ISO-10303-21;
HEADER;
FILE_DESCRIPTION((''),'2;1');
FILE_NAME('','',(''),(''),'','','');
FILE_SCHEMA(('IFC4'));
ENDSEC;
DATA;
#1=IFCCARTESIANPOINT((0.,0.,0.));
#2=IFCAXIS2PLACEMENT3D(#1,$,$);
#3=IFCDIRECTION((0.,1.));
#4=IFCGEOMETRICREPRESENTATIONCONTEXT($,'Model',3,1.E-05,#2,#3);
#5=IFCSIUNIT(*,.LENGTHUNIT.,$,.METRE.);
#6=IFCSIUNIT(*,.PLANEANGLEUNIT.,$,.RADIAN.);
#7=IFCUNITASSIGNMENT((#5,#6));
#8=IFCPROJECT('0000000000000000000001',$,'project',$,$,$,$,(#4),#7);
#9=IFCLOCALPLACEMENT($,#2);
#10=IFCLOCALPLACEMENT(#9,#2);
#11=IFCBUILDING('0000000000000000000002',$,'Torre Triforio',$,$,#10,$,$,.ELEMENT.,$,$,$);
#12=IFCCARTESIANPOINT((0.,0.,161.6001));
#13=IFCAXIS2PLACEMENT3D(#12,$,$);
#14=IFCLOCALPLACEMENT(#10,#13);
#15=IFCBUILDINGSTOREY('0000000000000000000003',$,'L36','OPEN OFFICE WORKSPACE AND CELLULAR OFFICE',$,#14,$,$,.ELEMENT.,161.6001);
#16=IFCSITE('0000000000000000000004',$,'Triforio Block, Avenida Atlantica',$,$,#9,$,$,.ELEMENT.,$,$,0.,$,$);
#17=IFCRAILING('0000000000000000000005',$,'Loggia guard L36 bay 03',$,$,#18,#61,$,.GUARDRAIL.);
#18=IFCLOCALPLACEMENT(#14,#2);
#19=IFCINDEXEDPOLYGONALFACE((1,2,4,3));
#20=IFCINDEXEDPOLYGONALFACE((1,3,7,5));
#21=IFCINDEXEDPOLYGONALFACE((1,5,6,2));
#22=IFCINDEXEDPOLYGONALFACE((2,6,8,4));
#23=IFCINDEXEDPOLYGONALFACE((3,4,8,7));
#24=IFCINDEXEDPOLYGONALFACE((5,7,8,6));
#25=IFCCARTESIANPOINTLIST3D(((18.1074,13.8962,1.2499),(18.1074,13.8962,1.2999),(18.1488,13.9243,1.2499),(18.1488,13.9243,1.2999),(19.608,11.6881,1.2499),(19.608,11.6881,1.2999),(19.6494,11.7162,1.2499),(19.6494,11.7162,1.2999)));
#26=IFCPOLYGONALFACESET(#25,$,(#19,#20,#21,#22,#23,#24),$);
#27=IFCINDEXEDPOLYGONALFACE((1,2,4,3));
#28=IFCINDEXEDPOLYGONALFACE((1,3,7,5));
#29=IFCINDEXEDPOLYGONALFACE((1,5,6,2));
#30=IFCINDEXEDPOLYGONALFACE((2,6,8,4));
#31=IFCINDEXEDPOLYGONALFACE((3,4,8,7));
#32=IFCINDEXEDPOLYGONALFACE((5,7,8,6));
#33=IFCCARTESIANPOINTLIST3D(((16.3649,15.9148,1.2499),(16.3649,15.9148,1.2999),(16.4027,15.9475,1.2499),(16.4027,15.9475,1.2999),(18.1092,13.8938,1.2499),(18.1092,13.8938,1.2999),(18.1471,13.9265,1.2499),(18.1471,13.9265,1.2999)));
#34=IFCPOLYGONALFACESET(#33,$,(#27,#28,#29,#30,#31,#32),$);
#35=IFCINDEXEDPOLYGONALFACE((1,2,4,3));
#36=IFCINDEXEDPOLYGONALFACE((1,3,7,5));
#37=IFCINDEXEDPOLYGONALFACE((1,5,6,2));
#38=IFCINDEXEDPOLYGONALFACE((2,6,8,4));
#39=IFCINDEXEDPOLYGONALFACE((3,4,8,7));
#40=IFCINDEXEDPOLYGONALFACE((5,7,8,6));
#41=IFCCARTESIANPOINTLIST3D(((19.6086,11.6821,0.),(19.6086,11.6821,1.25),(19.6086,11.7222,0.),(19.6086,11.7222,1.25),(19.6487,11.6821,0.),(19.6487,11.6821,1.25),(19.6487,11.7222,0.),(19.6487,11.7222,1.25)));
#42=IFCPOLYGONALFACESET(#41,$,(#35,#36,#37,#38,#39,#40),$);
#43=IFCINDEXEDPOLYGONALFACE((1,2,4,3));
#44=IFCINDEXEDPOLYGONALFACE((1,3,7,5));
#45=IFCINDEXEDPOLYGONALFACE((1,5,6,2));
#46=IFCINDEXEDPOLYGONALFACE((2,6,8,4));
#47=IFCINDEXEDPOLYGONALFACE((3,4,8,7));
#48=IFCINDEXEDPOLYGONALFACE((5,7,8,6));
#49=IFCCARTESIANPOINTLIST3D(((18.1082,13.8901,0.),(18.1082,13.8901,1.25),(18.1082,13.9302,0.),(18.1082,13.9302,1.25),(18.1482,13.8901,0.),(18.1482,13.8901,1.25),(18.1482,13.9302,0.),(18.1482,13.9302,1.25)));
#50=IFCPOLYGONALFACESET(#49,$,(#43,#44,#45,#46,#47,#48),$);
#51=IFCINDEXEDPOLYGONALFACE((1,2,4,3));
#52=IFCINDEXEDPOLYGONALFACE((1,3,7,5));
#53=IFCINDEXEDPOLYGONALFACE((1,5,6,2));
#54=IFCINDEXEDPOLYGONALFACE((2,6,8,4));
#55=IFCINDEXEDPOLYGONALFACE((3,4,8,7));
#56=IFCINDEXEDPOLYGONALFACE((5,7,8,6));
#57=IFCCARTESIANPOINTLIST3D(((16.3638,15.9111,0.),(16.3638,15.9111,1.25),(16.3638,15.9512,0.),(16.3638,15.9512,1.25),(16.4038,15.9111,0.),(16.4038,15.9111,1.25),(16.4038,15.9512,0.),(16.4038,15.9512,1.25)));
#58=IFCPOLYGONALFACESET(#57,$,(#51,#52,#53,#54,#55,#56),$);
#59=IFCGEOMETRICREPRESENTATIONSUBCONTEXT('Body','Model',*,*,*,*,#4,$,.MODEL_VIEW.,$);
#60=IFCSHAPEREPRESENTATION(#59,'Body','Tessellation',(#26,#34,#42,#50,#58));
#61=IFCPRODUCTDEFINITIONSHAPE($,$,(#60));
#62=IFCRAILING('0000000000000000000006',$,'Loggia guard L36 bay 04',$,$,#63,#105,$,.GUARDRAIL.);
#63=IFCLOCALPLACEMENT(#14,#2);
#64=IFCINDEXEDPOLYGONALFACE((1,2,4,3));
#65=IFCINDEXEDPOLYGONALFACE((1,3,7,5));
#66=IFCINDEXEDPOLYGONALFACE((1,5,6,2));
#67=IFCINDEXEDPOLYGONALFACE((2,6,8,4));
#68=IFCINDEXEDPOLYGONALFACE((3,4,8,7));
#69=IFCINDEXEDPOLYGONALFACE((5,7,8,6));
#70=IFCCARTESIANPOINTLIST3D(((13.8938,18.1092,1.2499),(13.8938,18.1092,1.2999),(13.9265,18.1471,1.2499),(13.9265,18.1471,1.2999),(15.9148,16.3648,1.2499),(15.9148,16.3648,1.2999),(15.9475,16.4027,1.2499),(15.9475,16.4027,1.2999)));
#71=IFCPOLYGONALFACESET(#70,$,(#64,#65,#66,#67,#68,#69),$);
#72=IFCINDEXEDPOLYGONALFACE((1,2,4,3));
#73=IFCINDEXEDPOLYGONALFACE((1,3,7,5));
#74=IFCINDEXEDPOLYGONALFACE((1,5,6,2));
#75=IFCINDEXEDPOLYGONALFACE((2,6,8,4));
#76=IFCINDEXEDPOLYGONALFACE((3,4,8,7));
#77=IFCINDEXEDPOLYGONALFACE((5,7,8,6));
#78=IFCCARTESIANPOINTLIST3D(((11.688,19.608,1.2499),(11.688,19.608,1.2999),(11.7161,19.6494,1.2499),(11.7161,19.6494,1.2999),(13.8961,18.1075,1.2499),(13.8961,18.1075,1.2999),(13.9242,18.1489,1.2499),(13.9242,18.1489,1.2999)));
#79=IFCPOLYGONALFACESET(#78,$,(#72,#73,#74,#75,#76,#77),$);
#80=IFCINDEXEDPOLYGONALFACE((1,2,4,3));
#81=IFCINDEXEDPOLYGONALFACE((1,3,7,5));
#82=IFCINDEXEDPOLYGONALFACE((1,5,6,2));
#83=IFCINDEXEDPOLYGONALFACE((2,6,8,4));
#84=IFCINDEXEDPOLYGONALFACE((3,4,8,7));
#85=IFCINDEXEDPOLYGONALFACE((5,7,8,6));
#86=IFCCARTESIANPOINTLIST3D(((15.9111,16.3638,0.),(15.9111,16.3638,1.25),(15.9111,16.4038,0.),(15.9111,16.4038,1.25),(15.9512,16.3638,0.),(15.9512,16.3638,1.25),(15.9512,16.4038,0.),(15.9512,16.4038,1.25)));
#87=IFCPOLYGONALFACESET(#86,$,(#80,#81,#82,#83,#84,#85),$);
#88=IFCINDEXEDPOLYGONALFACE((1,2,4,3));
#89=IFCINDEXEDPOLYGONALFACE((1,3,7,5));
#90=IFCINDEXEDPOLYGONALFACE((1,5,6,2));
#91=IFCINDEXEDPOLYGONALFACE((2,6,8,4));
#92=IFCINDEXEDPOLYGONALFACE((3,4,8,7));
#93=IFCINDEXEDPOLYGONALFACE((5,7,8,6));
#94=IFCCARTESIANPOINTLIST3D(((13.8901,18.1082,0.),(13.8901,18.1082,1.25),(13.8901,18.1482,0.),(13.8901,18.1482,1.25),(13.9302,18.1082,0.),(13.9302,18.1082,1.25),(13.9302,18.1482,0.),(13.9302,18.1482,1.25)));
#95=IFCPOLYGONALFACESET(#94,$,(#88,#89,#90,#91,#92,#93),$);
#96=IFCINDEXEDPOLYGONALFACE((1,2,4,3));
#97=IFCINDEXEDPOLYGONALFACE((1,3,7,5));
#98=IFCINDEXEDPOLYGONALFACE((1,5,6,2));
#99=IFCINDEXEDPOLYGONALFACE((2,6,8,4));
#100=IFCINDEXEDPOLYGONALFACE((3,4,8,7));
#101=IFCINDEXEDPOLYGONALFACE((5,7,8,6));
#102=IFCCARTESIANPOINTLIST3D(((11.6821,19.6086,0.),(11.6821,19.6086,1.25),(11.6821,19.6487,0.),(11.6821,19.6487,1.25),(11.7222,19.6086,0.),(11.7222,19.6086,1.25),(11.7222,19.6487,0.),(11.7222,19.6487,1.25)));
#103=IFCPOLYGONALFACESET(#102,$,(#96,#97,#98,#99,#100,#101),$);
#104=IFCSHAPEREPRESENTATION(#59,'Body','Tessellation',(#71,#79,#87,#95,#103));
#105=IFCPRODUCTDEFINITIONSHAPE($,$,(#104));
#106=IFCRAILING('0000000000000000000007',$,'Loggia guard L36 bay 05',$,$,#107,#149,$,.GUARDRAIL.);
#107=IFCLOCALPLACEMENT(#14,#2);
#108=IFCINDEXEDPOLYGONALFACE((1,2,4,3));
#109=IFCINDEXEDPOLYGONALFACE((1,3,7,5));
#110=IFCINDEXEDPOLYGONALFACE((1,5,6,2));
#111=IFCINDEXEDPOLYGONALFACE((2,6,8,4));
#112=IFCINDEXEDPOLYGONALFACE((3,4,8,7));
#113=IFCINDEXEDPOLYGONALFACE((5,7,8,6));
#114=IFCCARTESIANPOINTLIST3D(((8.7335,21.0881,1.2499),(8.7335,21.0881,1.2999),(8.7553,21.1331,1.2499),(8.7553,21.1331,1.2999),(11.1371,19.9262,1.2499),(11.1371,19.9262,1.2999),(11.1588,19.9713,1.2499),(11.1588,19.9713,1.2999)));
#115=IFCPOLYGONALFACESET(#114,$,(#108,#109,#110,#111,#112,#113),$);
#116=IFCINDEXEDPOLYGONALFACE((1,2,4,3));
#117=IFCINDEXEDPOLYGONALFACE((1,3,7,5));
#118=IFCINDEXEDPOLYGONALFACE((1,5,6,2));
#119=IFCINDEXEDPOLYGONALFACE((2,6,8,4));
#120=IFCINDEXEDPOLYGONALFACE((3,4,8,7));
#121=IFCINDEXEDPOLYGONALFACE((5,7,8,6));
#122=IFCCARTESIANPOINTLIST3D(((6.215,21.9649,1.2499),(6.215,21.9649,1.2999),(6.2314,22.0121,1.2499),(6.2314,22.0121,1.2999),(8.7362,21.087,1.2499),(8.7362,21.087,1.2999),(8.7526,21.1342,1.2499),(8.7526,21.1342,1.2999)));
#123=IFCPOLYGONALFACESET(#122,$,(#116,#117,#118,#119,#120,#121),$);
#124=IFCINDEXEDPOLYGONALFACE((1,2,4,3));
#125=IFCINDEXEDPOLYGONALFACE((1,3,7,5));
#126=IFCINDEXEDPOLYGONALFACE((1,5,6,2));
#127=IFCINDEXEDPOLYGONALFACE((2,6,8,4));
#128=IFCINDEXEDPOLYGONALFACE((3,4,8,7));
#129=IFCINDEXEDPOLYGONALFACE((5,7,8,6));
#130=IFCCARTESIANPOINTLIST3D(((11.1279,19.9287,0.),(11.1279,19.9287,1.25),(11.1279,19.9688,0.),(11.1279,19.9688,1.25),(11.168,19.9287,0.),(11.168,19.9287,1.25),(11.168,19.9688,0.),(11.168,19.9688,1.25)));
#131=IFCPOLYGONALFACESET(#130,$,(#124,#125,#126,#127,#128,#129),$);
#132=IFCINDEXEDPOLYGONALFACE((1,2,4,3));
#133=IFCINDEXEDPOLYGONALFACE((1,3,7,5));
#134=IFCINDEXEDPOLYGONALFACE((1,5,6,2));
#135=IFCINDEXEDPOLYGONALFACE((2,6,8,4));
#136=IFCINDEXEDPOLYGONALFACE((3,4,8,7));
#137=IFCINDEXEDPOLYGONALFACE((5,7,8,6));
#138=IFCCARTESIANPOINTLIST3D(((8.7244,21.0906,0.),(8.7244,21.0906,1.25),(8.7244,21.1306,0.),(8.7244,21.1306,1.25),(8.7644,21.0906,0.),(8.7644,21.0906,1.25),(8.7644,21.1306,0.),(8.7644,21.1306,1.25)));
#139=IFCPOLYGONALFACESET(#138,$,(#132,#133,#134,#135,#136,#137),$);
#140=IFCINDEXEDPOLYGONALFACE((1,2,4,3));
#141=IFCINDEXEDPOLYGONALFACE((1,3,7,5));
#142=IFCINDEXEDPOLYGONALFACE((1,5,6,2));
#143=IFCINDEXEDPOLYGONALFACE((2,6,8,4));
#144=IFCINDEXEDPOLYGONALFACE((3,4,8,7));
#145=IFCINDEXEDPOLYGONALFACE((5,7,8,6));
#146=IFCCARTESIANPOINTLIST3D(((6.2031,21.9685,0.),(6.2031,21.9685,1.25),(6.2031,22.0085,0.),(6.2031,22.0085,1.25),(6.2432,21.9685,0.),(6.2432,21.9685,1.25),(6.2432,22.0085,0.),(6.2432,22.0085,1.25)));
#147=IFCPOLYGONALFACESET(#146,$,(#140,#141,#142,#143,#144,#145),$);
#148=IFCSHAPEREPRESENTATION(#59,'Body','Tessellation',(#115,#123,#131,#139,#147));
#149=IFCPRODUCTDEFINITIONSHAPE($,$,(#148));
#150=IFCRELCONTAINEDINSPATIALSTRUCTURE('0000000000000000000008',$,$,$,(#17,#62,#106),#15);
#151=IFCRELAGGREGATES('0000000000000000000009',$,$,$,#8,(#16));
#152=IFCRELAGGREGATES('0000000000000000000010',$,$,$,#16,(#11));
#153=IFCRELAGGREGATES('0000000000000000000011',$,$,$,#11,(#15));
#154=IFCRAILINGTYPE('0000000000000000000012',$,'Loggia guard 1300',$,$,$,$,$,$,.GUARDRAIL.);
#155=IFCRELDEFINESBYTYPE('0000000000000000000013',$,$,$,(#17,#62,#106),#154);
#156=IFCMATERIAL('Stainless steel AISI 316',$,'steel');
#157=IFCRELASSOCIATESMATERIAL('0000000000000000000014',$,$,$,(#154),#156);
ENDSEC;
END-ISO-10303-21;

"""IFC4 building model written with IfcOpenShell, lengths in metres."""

from ifc_helpers import new_model, si_unit, direction, frame, origin, origin_2d, place, context, subcontext, project, spatial, rectangle, extrude, material, type_object, element, save


model = new_model("IFC4")

# Units and contexts
model_context = context("Model", 3, precision=1e-05, world=origin(), true_north=direction((0.0, 1.0)))
body_context = subcontext(model_context, "Body", "Model", "MODEL_VIEW")
ifc_project = project(units=[si_unit("LENGTHUNIT", "METRE"), si_unit("PLANEANGLEUNIT", "RADIAN")], contexts=[model_context])

# Site, building, storey
site_placement = place(None, origin())
site = spatial("IfcSite", under=ifc_project, at=site_placement, Name="Triforio Block, Avenida Atlantica", CompositionType="ELEMENT", RefElevation=0.0)
building_placement = place(site_placement, origin())
building = spatial("IfcBuilding", under=site, at=building_placement, Name="Torre Triforio", CompositionType="ELEMENT")
storey_placement = place(building_placement, frame((0.0, 0.0, 161.6001)))
storey = spatial("IfcBuildingStorey", under=building, at=storey_placement, Name="L36", Description="OPEN OFFICE WORKSPACE AND CELLULAR OFFICE", CompositionType="ELEMENT", Elevation=161.6001)

# Railings
ifc_material_1 = material(Name="Stainless steel AISI 316", Category="steel")
railing_type = type_object("IfcRailingType", Name="Loggia guard 1300", PredefinedType="GUARDRAIL", material=ifc_material_1)
railing_1_placement = place(storey_placement, frame((19.6287, 11.7021, 0.0)))
element("IfcRailing", 1, at=railing_1_placement, inside=storey, type_object=railing_type, Name="Loggia guard L36 bay 03", PredefinedType="GUARDRAIL", context=body_context, shape_type="SweptSolid", body=[
    extrude(rectangle(XDim=0.05, YDim=0.05, at=origin_2d()), frame((0.0, 0.0, 1.2749), z_axis=(-0.562065, 0.827093, 0.0), x_axis=(-0.827093, -0.562065, 0.0)), (0.0, 0.0, 1.0), 2.6697),
    extrude(rectangle(XDim=0.05, YDim=0.05, at=origin_2d()), frame((-1.5005, 2.208, 1.2749), z_axis=(-0.653401, 0.757012, 0.0), x_axis=(-0.757012, -0.653401, 0.0)), (0.0, 0.0, 1.0), 2.6697),
    extrude(rectangle(XDim=0.04, YDim=0.04, at=origin_2d()), origin(), (0.0, 0.0, 1.0), 1.25),
    extrude(rectangle(XDim=0.04, YDim=0.04, at=origin_2d()), frame((-1.5005, 2.208, 0.0)), (0.0, 0.0, 1.0), 1.25),
    extrude(rectangle(XDim=0.04, YDim=0.04, at=origin_2d()), frame((-3.2449, 4.229, 0.0)), (0.0, 0.0, 1.0), 1.25),
])
railing_2_placement = place(storey_placement, frame((15.9312, 16.3838, 0.0)))
element("IfcRailing", 2, at=railing_2_placement, inside=storey, type_object=railing_type, Name="Loggia guard L36 bay 04", PredefinedType="GUARDRAIL", context=body_context, shape_type="SweptSolid", body=[
    extrude(rectangle(XDim=0.05, YDim=0.05, at=origin_2d()), frame((0.0, 0.0, 1.2749), z_axis=(-0.757012, 0.653401, 0.0), x_axis=(-0.653401, -0.757012, 0.0)), (0.0, 0.0, 1.0), 2.6697),
    extrude(rectangle(XDim=0.05, YDim=0.05, at=origin_2d()), frame((-2.021, 1.7444, 1.2749), z_axis=(-0.827093, 0.562065, 0.0), x_axis=(-0.562065, -0.827093, 0.0)), (0.0, 0.0, 1.0), 2.6697),
    extrude(rectangle(XDim=0.04, YDim=0.04, at=origin_2d()), origin(), (0.0, 0.0, 1.0), 1.25),
    extrude(rectangle(XDim=0.04, YDim=0.04, at=origin_2d()), frame((-2.021, 1.7444, 0.0)), (0.0, 0.0, 1.0), 1.25),
    extrude(rectangle(XDim=0.04, YDim=0.04, at=origin_2d()), frame((-4.229, 3.2449, 0.0)), (0.0, 0.0, 1.0), 1.25),
])
railing_3_placement = place(storey_placement, frame((11.1479, 19.9487, 0.0)))
element("IfcRailing", 3, at=railing_3_placement, inside=storey, type_object=railing_type, Name="Loggia guard L36 bay 05", PredefinedType="GUARDRAIL", context=body_context, shape_type="SweptSolid", body=[
    extrude(rectangle(XDim=0.05, YDim=0.05, at=origin_2d()), frame((0.0, 0.0, 1.2749), z_axis=(-0.900328, 0.435212, 0.0), x_axis=(-0.435212, -0.900328, 0.0)), (0.0, 0.0, 1.0), 2.6697),
    extrude(rectangle(XDim=0.05, YDim=0.05, at=origin_2d()), frame((-2.4036, 1.1619, 1.2749), z_axis=(-0.944383, 0.328847, 0.0), x_axis=(-0.328847, -0.944383, 0.0)), (0.0, 0.0, 1.0), 2.6697),
    extrude(rectangle(XDim=0.04, YDim=0.04, at=origin_2d()), origin(), (0.0, 0.0, 1.0), 1.25),
    extrude(rectangle(XDim=0.04, YDim=0.04, at=origin_2d()), frame((-2.4036, 1.1619, 0.0)), (0.0, 0.0, 1.0), 1.25),
    extrude(rectangle(XDim=0.04, YDim=0.04, at=origin_2d()), frame((-4.9248, 2.0398, 0.0)), (0.0, 0.0, 1.0), 1.25),
])

save(model, "model.ifc")
